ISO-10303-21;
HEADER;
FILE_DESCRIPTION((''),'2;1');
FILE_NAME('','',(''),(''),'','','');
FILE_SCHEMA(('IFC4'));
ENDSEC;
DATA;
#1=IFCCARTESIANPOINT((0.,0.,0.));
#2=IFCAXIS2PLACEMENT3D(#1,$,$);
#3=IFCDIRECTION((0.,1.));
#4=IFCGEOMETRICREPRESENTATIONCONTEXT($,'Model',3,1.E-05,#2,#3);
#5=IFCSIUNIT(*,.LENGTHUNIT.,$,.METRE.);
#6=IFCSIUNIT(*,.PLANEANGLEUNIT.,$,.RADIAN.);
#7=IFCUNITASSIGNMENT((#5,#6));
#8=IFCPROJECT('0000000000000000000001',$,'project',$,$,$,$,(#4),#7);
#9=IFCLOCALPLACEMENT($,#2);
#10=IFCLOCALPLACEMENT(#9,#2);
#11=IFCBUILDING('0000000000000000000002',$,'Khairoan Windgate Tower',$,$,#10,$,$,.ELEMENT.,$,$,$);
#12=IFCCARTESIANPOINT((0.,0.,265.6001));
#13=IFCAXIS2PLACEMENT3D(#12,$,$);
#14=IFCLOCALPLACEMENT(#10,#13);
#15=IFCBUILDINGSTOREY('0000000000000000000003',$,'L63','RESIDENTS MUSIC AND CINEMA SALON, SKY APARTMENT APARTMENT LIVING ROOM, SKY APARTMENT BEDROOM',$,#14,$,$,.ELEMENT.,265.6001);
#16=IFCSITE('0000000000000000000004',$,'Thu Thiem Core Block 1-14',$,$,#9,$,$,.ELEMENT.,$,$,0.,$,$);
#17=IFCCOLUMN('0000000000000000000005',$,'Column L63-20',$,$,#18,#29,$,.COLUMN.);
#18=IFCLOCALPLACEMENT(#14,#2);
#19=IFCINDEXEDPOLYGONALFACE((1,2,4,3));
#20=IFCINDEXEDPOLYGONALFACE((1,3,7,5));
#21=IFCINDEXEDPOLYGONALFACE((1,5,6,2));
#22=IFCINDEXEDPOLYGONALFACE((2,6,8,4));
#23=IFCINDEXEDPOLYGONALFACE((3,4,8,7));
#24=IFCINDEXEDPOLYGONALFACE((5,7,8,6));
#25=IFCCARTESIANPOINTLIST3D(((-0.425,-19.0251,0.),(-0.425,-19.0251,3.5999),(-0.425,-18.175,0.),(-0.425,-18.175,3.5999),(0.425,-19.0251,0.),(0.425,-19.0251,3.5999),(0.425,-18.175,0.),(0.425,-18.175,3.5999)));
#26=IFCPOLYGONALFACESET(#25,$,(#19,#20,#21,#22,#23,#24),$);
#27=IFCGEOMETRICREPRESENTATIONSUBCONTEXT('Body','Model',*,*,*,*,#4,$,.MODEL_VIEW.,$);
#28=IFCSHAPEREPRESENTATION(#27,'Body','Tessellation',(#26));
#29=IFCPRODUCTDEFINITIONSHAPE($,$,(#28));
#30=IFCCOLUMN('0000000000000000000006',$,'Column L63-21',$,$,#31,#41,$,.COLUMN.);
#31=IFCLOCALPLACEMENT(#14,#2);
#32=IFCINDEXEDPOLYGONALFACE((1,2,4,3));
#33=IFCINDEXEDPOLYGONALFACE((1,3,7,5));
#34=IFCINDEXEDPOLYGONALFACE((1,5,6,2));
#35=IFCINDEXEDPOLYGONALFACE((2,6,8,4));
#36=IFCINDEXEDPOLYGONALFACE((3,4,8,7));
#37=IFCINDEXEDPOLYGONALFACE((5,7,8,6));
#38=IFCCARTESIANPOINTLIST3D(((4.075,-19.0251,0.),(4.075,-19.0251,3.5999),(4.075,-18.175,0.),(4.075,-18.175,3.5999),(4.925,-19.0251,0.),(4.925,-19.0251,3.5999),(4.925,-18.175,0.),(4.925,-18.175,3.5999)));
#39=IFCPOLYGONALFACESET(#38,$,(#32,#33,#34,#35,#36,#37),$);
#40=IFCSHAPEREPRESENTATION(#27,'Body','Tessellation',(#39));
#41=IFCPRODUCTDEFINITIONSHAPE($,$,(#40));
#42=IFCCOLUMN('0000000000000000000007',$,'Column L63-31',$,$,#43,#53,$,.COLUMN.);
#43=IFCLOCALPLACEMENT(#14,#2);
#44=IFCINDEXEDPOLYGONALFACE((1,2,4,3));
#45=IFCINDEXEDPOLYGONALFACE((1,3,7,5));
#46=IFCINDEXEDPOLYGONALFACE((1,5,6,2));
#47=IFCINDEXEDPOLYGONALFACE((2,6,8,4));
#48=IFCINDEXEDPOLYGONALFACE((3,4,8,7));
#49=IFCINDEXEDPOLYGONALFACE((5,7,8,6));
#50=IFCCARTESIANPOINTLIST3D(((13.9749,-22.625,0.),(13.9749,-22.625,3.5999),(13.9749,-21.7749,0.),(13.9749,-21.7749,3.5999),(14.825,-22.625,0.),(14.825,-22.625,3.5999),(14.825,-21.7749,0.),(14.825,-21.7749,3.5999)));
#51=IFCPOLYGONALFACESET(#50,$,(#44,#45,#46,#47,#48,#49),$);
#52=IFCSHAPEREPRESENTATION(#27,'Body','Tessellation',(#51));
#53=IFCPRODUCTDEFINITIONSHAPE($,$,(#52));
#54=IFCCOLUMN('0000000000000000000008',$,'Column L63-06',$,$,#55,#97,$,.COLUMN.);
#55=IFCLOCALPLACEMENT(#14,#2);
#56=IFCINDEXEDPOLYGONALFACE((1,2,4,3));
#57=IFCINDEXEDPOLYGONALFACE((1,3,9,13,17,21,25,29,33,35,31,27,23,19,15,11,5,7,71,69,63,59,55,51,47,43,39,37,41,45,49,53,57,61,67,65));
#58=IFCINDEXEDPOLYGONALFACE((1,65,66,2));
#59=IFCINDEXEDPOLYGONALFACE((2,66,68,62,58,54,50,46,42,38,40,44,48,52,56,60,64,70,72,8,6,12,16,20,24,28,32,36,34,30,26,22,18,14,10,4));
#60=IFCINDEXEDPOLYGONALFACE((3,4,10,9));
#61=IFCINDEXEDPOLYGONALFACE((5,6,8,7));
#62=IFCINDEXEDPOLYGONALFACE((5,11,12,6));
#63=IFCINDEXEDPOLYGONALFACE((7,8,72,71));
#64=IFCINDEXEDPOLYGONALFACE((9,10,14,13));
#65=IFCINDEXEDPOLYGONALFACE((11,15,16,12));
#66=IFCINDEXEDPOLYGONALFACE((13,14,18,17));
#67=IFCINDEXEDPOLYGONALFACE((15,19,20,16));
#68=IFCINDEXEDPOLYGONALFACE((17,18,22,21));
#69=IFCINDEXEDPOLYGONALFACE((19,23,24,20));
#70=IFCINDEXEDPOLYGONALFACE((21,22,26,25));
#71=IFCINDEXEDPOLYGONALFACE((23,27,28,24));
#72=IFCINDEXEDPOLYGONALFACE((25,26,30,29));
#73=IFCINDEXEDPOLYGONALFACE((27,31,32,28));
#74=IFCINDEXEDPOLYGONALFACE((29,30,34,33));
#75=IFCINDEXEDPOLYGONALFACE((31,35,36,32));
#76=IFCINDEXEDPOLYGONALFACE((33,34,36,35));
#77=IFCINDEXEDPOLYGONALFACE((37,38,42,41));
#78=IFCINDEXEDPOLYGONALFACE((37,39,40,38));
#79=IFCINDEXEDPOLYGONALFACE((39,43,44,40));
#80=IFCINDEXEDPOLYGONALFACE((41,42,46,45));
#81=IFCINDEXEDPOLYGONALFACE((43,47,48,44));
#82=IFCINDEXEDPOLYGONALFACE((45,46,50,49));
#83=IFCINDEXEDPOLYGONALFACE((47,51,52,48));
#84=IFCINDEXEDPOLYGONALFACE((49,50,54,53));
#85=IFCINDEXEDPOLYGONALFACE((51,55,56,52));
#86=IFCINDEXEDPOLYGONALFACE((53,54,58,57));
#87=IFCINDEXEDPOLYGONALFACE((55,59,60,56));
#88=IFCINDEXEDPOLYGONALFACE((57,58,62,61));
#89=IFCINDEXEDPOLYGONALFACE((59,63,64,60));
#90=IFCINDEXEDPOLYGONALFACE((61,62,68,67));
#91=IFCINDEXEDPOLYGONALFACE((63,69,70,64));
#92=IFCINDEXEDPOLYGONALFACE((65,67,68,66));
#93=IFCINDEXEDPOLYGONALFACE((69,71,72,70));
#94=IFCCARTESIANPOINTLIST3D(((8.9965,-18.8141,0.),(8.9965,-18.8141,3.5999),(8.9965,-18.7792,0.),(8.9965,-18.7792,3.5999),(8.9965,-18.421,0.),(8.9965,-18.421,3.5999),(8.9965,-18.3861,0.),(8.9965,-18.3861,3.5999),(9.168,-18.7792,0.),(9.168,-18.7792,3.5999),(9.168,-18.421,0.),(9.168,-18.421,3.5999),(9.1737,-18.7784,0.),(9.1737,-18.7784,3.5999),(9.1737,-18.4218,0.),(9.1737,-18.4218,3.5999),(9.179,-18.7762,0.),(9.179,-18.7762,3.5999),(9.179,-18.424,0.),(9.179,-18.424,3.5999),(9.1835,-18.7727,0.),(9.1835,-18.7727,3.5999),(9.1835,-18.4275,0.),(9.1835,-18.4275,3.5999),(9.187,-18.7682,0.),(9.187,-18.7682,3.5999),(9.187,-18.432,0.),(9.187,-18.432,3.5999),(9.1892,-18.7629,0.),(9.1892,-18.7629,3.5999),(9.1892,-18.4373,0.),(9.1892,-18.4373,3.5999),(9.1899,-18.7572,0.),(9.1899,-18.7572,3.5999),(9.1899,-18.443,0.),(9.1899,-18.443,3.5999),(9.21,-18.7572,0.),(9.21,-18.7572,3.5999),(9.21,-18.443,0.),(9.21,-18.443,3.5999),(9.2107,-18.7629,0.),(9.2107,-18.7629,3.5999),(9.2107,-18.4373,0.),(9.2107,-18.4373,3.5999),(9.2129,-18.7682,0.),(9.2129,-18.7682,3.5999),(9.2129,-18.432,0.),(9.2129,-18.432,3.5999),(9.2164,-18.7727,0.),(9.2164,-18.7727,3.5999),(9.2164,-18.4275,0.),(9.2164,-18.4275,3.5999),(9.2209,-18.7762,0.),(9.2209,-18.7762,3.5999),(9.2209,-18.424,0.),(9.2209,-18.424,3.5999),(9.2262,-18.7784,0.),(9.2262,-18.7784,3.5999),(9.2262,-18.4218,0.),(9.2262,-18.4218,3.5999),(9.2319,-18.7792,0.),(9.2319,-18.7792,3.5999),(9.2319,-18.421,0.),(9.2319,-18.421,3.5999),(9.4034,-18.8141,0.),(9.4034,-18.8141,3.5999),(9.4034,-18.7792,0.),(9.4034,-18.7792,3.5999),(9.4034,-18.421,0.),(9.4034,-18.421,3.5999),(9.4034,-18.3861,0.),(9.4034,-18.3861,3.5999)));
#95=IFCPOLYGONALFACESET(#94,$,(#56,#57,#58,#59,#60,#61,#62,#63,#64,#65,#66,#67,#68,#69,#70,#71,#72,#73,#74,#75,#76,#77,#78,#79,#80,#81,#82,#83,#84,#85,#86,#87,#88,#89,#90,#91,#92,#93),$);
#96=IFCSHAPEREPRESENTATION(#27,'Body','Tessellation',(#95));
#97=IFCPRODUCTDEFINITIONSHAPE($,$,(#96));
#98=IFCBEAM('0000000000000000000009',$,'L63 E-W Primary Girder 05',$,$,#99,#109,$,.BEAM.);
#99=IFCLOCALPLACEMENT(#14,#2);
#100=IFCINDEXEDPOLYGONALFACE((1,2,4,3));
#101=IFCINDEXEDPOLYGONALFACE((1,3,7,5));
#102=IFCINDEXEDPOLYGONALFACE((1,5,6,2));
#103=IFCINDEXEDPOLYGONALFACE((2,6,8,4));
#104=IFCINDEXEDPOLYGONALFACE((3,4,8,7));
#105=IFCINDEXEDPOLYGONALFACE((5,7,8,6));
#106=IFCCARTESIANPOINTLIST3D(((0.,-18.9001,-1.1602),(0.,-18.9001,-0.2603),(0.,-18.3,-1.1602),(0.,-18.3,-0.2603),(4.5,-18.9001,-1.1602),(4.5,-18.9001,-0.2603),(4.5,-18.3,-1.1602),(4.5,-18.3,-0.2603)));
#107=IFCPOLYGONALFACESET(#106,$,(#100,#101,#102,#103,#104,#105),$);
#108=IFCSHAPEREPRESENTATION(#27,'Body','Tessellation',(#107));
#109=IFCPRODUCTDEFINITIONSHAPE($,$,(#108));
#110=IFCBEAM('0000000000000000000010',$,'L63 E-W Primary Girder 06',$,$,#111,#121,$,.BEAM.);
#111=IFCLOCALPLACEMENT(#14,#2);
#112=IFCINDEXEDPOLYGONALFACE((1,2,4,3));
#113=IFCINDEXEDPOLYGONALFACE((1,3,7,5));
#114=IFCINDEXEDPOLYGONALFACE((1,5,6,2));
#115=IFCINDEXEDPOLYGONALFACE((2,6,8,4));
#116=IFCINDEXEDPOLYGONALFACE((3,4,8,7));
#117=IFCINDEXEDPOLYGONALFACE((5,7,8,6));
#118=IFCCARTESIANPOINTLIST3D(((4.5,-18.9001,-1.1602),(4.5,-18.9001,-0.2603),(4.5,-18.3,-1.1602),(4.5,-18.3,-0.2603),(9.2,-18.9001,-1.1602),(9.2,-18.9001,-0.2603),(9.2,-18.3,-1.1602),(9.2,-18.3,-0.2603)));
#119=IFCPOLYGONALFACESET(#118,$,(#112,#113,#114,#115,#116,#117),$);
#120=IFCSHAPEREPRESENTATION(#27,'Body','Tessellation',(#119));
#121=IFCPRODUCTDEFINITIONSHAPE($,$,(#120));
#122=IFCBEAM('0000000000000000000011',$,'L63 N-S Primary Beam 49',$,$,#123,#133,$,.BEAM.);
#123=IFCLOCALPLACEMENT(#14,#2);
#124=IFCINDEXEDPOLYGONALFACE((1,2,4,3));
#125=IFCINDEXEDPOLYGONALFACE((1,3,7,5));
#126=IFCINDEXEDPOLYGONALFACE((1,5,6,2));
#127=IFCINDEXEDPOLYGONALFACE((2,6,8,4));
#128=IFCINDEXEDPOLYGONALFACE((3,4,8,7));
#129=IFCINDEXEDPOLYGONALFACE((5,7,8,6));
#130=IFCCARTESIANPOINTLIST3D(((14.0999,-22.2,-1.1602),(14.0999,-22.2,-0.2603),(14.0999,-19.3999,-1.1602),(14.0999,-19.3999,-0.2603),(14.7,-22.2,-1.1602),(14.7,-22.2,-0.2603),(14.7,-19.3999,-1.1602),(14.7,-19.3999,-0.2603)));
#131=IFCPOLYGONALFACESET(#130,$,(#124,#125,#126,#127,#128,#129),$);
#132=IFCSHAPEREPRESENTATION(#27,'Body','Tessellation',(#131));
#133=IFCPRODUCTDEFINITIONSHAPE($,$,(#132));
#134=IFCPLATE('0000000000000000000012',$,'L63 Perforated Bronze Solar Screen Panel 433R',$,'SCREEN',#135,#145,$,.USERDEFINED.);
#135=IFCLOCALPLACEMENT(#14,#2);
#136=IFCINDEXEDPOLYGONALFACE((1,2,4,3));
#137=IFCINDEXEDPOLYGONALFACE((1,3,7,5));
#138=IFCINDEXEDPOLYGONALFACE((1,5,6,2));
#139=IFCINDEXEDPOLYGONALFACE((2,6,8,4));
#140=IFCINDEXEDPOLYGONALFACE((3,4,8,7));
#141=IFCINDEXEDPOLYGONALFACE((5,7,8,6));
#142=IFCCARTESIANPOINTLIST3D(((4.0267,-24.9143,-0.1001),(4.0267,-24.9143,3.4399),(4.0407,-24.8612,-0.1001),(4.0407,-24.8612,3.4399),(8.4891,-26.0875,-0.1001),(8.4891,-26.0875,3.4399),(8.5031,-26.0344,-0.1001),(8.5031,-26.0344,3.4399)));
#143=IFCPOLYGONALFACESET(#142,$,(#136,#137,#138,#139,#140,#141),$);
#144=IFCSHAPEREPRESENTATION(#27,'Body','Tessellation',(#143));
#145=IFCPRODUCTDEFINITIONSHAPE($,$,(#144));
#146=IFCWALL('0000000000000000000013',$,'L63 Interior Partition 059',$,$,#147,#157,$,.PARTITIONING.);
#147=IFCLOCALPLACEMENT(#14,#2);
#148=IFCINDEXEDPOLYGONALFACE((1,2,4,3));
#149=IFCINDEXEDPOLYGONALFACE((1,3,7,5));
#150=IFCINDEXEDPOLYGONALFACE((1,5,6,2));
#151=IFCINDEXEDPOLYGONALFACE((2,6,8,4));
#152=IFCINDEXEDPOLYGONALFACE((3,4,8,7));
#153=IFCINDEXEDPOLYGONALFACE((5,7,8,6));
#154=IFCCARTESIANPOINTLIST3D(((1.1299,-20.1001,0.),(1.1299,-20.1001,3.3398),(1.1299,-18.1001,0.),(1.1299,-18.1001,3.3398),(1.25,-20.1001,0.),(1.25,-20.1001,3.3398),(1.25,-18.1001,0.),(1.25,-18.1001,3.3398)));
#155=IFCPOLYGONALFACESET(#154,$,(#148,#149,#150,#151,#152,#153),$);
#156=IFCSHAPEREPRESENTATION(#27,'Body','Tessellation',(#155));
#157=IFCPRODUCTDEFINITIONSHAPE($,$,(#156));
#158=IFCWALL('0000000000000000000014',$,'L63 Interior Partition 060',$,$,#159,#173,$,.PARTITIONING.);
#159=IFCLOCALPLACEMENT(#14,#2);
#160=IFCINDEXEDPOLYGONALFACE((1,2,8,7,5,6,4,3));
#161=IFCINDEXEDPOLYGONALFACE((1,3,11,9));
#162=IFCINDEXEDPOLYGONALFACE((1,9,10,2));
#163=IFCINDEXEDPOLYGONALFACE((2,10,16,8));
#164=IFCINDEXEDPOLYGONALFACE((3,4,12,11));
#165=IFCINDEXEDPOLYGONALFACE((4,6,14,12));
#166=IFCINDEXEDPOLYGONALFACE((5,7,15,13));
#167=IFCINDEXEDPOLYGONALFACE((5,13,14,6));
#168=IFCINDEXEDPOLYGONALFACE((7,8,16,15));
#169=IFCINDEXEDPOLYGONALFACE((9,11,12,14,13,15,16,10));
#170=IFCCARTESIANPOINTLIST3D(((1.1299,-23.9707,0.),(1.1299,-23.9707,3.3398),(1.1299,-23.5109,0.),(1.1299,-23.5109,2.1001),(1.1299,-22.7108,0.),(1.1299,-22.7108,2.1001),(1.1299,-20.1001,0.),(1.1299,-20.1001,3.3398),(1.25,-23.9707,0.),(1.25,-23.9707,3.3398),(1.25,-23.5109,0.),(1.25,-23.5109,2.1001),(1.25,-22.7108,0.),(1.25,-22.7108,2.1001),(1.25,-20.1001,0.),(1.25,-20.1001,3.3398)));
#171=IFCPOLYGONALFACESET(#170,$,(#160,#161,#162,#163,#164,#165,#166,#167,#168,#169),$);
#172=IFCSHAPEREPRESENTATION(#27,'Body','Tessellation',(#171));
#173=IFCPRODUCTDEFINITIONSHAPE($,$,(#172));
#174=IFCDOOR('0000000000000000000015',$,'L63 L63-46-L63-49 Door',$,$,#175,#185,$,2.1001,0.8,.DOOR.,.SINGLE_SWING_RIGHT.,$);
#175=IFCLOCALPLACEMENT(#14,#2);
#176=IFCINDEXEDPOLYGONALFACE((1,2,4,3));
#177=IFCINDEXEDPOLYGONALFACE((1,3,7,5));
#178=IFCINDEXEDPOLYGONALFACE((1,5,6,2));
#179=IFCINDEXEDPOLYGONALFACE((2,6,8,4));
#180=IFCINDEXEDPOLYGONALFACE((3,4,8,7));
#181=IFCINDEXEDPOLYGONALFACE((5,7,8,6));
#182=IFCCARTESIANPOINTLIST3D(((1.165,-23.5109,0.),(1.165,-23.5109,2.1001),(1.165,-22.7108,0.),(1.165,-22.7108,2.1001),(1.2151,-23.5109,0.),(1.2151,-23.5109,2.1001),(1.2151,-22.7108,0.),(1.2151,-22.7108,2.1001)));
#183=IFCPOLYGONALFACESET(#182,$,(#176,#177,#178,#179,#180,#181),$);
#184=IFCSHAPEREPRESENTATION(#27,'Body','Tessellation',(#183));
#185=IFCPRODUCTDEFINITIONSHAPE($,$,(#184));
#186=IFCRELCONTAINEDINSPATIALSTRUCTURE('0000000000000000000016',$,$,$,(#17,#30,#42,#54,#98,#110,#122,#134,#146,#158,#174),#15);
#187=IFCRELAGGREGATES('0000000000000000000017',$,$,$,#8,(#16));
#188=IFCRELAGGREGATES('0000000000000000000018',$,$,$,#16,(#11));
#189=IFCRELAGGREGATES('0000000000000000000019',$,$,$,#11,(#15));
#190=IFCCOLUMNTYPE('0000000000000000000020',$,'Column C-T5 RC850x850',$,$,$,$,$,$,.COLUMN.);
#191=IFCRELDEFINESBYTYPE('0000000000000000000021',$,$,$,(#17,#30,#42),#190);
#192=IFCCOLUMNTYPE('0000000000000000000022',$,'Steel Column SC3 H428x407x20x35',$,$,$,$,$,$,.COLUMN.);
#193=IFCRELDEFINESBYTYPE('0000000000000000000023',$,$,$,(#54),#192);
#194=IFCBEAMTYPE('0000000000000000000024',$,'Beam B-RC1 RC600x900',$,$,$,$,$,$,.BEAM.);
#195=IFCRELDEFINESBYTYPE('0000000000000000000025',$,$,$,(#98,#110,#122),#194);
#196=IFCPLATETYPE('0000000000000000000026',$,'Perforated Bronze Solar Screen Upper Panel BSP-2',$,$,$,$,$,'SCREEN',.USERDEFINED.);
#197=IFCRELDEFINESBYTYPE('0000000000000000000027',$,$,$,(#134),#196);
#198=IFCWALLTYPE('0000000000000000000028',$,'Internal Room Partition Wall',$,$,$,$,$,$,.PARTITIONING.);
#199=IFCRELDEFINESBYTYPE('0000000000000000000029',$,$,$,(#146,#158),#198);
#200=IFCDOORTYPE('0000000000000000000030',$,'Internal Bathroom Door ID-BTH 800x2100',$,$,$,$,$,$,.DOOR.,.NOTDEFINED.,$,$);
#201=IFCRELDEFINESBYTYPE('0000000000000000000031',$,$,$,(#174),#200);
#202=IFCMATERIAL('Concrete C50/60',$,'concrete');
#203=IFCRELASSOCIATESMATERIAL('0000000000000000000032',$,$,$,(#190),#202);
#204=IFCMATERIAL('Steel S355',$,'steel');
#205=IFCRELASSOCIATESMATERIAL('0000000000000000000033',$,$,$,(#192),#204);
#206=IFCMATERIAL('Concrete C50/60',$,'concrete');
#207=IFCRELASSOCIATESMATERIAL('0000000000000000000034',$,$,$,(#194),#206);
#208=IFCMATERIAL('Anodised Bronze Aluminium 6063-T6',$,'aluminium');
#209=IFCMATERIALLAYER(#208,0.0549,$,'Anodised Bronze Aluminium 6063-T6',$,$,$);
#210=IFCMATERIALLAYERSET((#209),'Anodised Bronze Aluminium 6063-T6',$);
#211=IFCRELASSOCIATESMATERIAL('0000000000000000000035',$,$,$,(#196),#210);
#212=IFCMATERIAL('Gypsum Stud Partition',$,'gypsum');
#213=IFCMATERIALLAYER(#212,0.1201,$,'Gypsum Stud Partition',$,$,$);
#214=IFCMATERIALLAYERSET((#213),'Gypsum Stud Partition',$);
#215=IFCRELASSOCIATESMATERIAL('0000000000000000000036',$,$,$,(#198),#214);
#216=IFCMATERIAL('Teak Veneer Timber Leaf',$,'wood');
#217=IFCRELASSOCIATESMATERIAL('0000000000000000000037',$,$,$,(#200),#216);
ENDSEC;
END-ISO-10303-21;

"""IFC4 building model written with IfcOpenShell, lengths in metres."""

from ifc_helpers import new_model, si_unit, direction, frame, frame_2d, origin, origin_2d, place, context, subcontext, project, spatial, rectangle, i_section, extrude, material, layer, layer_set, material_profile, profile_set, type_object, element, fill, save


model = new_model("IFC4")

# Units and contexts
model_context = context("Model", 3, precision=1e-05, world=origin(), true_north=direction((0.0, 1.0)))
body_context = subcontext(model_context, "Body", "Model", "MODEL_VIEW")
ifc_project = project(units=[si_unit("LENGTHUNIT", "METRE"), si_unit("PLANEANGLEUNIT", "RADIAN")], contexts=[model_context])

# Site, building, storey
site_placement = place(None, origin())
site = spatial("IfcSite", under=ifc_project, at=site_placement, Name="Thu Thiem Core Block 1-14", CompositionType="ELEMENT", RefElevation=0.0)
building_placement = place(site_placement, origin())
building = spatial("IfcBuilding", under=site, at=building_placement, Name="Khairoan Windgate Tower", CompositionType="ELEMENT")
storey_placement = place(building_placement, frame((0.0, 0.0, 265.6001)))
storey = spatial("IfcBuildingStorey", under=building, at=storey_placement, Name="L63", Description="RESIDENTS MUSIC AND CINEMA SALON, SKY APARTMENT APARTMENT LIVING ROOM, SKY APARTMENT BEDROOM", CompositionType="ELEMENT", Elevation=265.6001)

# Columns
ifc_material_1 = material(Name="Concrete C50/60", Category="concrete")
ifc_material_profile_1 = material_profile(ifc_material_1, rectangle(XDim=0.8501, YDim=0.8501, at=origin_2d()))
ifc_profile_set_1 = profile_set([ifc_material_profile_1], Name="Concrete C50/60")
column_type_1 = type_object("IfcColumnType", Name="Column C-T5 RC850x850", PredefinedType="COLUMN", material=ifc_profile_set_1)
for number, where, z_axis, x_axis, name in (
    (1, (0.0, -18.6001, 0.0), (0.0, 0.0, 1.0), (1.0, 0.0, 0.0), "Column L63-20"),
    (2, (4.5, -18.6001, 0.0), (0.0, 0.0, 1.0), (1.0, 0.0, 0.0), "Column L63-21"),
    (3, (14.3999, -22.2, 0.0), (0.0, 0.0, 1.0), (1.0, 0.0, 0.0), "Column L63-31"),
):
    element("IfcColumn", number, at=place(storey_placement, frame(where, z_axis=z_axis, x_axis=x_axis)), inside=storey, type_object=column_type_1, Name=name, PredefinedType="COLUMN", context=body_context, shape_type="SweptSolid", body=[
        extrude(rectangle(XDim=0.8501, YDim=0.8501, at=origin_2d()), origin(), (0.0, 0.0, 1.0), 3.5999),
    ])
ifc_material_2 = material(Name="Steel S355", Category="steel")
ifc_material_profile_2 = material_profile(ifc_material_2, i_section(OverallWidth=0.407, OverallDepth=0.428, WebThickness=0.02, FlangeThickness=0.0349, FilletRadius=0.022, at=origin_2d()))
ifc_profile_set_2 = profile_set([ifc_material_profile_2], Name="Steel S355")
column_type_2 = type_object("IfcColumnType", Name="Steel Column SC3 H428x407x20x35", PredefinedType="COLUMN", material=ifc_profile_set_2)
column_placement = place(storey_placement, frame((9.2, -18.6001, 0.0), z_axis=(0.0, 0.0, 1.0), x_axis=(1.0, 0.0, 0.0)))
element("IfcColumn", 4, at=column_placement, inside=storey, type_object=column_type_2, Name="Column L63-06", PredefinedType="COLUMN", context=body_context, shape_type="SweptSolid", body=[
    extrude(i_section(OverallWidth=0.407, OverallDepth=0.428, WebThickness=0.02, FlangeThickness=0.0349, FilletRadius=0.022, at=origin_2d()), origin(), (0.0, 0.0, 1.0), 3.5999),
])

# Beams
ifc_material_3 = material(Name="Concrete C50/60", Category="concrete")
ifc_material_profile_3 = material_profile(ifc_material_3, rectangle(XDim=0.6001, YDim=0.8999, at=origin_2d()))
ifc_profile_set_3 = profile_set([ifc_material_profile_3], Name="Concrete C50/60")
beam_type = type_object("IfcBeamType", Name="Beam B-RC1 RC600x900", PredefinedType="BEAM", material=ifc_profile_set_3)
beam_1_placement = place(storey_placement, frame((0.0, -18.6001, -0.7102), z_axis=(1.0, 0.0, 0.0), x_axis=(0.0, 1.0, 0.0)))
element("IfcBeam", 5, at=beam_1_placement, inside=storey, type_object=beam_type, Name="L63 E-W Primary Girder 05", PredefinedType="BEAM", context=body_context, shape_type="SweptSolid", body=[
    extrude(rectangle(XDim=0.6001, YDim=0.8999, at=origin_2d()), origin(), (0.0, 0.0, 1.0), 4.5),
])
beam_2_placement = place(storey_placement, frame((4.5, -18.6001, -0.7102), z_axis=(1.0, 0.0, 0.0), x_axis=(0.0, 1.0, 0.0)))
element("IfcBeam", 6, at=beam_2_placement, inside=storey, type_object=beam_type, Name="L63 E-W Primary Girder 06", PredefinedType="BEAM", context=body_context, shape_type="SweptSolid", body=[
    extrude(rectangle(XDim=0.6001, YDim=0.8999, at=origin_2d()), origin(), (0.0, 0.0, 1.0), 4.7),
])
beam_3_placement = place(storey_placement, frame((14.3999, -22.2, -0.7102), z_axis=(0.0, 1.0, 0.0), x_axis=(-1.0, 0.0, 0.0)))
element("IfcBeam", 7, at=beam_3_placement, inside=storey, type_object=beam_type, Name="L63 N-S Primary Beam 49", PredefinedType="BEAM", context=body_context, shape_type="SweptSolid", body=[
    extrude(rectangle(XDim=0.6001, YDim=0.8999, at=origin_2d()), origin(), (0.0, 0.0, 1.0), 2.8),
])

# Plate
ifc_material_4 = material(Name="Anodised Bronze Aluminium 6063-T6", Category="aluminium")
ifc_layer_1 = layer(ifc_material_4, 0.0549, Name="Anodised Bronze Aluminium 6063-T6")
ifc_layer_set_1 = layer_set([ifc_layer_1], Name="Anodised Bronze Aluminium 6063-T6")
plate_type = type_object("IfcPlateType", Name="Perforated Bronze Solar Screen Upper Panel BSP-2", ElementType="SCREEN", PredefinedType="USERDEFINED", material=ifc_layer_set_1)
plate_placement = place(storey_placement, frame((6.2649, -25.4744, -0.1001), z_axis=(0.0, 0.0, 1.0), x_axis=(-0.967135, 0.254264, 0.0)))
element("IfcPlate", 8, at=plate_placement, inside=storey, type_object=plate_type, Name="L63 Perforated Bronze Solar Screen Panel 433R", ObjectType="SCREEN", PredefinedType="USERDEFINED", context=body_context, shape_type="SweptSolid", body=[
    extrude(rectangle(XDim=4.614, YDim=0.0549, at=origin_2d()), origin(), (0.0, 0.0, 1.0), 3.54),
])

# Wall
ifc_material_5 = material(Name="Gypsum Stud Partition", Category="gypsum")
ifc_layer_2 = layer(ifc_material_5, 0.1201, Name="Gypsum Stud Partition")
ifc_layer_set_2 = layer_set([ifc_layer_2], Name="Gypsum Stud Partition")
wall_type_1 = type_object("IfcWallType", Name="Internal Room Partition Wall", PredefinedType="PARTITIONING", material=ifc_layer_set_2)
wall_1_placement = place(storey_placement, frame((1.1899, -20.1001, 0.0), z_axis=(0.0, 0.0, 1.0), x_axis=(0.0, 1.0, 0.0)))
element("IfcWall", 9, at=wall_1_placement, inside=storey, type_object=wall_type_1, Name="L63 Interior Partition 059", PredefinedType="PARTITIONING", context=body_context, shape_type="SweptSolid", body=[
    extrude(rectangle(XDim=2.0, YDim=0.1201, at=frame_2d((1.0, 0.0))), origin(), (0.0, 0.0, 1.0), 3.3398),
])

# Wall, opening, door
wall_2_placement = place(storey_placement, frame((1.1899, -23.9707, 0.0), z_axis=(0.0, 0.0, 1.0), x_axis=(0.0, 1.0, 0.0)))
wall_2 = element("IfcWall", 10, at=wall_2_placement, inside=storey, type_object=wall_type_1, Name="L63 Interior Partition 060", PredefinedType="PARTITIONING", context=body_context, shape_type="SweptSolid", body=[
    extrude(rectangle(XDim=3.8706, YDim=0.1201, at=frame_2d((1.9353, 0.0))), origin(), (0.0, 0.0, 1.0), 3.3398),
])
opening_1_placement = place(wall_2_placement, frame((0.46, 0.0, 0.0)))
opening_1 = element("IfcOpeningElement", 11, at=opening_1_placement, cuts=wall_2, PredefinedType="OPENING", context=body_context, shape_type="SweptSolid", body=[
    extrude(rectangle(XDim=0.8, YDim=2.1001, at=frame_2d((0.3999, 1.05))), frame((0.0, 0.0701, 0.0), z_axis=(0.0, -1.0, 0.0), x_axis=(1.0, 0.0, 0.0)), (0.0, 0.0, 1.0), 0.1401),
])
ifc_material_6 = material(Name="Teak Veneer Timber Leaf", Category="wood")
door_type_1 = type_object("IfcDoorType", Name="Internal Bathroom Door ID-BTH 800x2100", OperationType="NOTDEFINED", PredefinedType="DOOR", material=ifc_material_6)
door_1_placement = place(opening_1_placement, origin())
door_1 = element("IfcDoor", 12, at=door_1_placement, inside=storey, type_object=door_type_1, Name="L63 L63-46-L63-49 Door", OperationType="SINGLE_SWING_RIGHT", OverallHeight=2.1001, OverallWidth=0.8, PredefinedType="DOOR", context=body_context, shape_type="SweptSolid", body=[
    extrude(rectangle(XDim=0.8, YDim=2.1001, at=frame_2d((0.3999, 1.05))), frame((0.0, 0.0249, 0.0), z_axis=(0.0, -1.0, 0.0), x_axis=(1.0, 0.0, 0.0)), (0.0, 0.0, 1.0), 0.05),
])
fill(opening_1, door_1)

save(model, "model.ifc")
